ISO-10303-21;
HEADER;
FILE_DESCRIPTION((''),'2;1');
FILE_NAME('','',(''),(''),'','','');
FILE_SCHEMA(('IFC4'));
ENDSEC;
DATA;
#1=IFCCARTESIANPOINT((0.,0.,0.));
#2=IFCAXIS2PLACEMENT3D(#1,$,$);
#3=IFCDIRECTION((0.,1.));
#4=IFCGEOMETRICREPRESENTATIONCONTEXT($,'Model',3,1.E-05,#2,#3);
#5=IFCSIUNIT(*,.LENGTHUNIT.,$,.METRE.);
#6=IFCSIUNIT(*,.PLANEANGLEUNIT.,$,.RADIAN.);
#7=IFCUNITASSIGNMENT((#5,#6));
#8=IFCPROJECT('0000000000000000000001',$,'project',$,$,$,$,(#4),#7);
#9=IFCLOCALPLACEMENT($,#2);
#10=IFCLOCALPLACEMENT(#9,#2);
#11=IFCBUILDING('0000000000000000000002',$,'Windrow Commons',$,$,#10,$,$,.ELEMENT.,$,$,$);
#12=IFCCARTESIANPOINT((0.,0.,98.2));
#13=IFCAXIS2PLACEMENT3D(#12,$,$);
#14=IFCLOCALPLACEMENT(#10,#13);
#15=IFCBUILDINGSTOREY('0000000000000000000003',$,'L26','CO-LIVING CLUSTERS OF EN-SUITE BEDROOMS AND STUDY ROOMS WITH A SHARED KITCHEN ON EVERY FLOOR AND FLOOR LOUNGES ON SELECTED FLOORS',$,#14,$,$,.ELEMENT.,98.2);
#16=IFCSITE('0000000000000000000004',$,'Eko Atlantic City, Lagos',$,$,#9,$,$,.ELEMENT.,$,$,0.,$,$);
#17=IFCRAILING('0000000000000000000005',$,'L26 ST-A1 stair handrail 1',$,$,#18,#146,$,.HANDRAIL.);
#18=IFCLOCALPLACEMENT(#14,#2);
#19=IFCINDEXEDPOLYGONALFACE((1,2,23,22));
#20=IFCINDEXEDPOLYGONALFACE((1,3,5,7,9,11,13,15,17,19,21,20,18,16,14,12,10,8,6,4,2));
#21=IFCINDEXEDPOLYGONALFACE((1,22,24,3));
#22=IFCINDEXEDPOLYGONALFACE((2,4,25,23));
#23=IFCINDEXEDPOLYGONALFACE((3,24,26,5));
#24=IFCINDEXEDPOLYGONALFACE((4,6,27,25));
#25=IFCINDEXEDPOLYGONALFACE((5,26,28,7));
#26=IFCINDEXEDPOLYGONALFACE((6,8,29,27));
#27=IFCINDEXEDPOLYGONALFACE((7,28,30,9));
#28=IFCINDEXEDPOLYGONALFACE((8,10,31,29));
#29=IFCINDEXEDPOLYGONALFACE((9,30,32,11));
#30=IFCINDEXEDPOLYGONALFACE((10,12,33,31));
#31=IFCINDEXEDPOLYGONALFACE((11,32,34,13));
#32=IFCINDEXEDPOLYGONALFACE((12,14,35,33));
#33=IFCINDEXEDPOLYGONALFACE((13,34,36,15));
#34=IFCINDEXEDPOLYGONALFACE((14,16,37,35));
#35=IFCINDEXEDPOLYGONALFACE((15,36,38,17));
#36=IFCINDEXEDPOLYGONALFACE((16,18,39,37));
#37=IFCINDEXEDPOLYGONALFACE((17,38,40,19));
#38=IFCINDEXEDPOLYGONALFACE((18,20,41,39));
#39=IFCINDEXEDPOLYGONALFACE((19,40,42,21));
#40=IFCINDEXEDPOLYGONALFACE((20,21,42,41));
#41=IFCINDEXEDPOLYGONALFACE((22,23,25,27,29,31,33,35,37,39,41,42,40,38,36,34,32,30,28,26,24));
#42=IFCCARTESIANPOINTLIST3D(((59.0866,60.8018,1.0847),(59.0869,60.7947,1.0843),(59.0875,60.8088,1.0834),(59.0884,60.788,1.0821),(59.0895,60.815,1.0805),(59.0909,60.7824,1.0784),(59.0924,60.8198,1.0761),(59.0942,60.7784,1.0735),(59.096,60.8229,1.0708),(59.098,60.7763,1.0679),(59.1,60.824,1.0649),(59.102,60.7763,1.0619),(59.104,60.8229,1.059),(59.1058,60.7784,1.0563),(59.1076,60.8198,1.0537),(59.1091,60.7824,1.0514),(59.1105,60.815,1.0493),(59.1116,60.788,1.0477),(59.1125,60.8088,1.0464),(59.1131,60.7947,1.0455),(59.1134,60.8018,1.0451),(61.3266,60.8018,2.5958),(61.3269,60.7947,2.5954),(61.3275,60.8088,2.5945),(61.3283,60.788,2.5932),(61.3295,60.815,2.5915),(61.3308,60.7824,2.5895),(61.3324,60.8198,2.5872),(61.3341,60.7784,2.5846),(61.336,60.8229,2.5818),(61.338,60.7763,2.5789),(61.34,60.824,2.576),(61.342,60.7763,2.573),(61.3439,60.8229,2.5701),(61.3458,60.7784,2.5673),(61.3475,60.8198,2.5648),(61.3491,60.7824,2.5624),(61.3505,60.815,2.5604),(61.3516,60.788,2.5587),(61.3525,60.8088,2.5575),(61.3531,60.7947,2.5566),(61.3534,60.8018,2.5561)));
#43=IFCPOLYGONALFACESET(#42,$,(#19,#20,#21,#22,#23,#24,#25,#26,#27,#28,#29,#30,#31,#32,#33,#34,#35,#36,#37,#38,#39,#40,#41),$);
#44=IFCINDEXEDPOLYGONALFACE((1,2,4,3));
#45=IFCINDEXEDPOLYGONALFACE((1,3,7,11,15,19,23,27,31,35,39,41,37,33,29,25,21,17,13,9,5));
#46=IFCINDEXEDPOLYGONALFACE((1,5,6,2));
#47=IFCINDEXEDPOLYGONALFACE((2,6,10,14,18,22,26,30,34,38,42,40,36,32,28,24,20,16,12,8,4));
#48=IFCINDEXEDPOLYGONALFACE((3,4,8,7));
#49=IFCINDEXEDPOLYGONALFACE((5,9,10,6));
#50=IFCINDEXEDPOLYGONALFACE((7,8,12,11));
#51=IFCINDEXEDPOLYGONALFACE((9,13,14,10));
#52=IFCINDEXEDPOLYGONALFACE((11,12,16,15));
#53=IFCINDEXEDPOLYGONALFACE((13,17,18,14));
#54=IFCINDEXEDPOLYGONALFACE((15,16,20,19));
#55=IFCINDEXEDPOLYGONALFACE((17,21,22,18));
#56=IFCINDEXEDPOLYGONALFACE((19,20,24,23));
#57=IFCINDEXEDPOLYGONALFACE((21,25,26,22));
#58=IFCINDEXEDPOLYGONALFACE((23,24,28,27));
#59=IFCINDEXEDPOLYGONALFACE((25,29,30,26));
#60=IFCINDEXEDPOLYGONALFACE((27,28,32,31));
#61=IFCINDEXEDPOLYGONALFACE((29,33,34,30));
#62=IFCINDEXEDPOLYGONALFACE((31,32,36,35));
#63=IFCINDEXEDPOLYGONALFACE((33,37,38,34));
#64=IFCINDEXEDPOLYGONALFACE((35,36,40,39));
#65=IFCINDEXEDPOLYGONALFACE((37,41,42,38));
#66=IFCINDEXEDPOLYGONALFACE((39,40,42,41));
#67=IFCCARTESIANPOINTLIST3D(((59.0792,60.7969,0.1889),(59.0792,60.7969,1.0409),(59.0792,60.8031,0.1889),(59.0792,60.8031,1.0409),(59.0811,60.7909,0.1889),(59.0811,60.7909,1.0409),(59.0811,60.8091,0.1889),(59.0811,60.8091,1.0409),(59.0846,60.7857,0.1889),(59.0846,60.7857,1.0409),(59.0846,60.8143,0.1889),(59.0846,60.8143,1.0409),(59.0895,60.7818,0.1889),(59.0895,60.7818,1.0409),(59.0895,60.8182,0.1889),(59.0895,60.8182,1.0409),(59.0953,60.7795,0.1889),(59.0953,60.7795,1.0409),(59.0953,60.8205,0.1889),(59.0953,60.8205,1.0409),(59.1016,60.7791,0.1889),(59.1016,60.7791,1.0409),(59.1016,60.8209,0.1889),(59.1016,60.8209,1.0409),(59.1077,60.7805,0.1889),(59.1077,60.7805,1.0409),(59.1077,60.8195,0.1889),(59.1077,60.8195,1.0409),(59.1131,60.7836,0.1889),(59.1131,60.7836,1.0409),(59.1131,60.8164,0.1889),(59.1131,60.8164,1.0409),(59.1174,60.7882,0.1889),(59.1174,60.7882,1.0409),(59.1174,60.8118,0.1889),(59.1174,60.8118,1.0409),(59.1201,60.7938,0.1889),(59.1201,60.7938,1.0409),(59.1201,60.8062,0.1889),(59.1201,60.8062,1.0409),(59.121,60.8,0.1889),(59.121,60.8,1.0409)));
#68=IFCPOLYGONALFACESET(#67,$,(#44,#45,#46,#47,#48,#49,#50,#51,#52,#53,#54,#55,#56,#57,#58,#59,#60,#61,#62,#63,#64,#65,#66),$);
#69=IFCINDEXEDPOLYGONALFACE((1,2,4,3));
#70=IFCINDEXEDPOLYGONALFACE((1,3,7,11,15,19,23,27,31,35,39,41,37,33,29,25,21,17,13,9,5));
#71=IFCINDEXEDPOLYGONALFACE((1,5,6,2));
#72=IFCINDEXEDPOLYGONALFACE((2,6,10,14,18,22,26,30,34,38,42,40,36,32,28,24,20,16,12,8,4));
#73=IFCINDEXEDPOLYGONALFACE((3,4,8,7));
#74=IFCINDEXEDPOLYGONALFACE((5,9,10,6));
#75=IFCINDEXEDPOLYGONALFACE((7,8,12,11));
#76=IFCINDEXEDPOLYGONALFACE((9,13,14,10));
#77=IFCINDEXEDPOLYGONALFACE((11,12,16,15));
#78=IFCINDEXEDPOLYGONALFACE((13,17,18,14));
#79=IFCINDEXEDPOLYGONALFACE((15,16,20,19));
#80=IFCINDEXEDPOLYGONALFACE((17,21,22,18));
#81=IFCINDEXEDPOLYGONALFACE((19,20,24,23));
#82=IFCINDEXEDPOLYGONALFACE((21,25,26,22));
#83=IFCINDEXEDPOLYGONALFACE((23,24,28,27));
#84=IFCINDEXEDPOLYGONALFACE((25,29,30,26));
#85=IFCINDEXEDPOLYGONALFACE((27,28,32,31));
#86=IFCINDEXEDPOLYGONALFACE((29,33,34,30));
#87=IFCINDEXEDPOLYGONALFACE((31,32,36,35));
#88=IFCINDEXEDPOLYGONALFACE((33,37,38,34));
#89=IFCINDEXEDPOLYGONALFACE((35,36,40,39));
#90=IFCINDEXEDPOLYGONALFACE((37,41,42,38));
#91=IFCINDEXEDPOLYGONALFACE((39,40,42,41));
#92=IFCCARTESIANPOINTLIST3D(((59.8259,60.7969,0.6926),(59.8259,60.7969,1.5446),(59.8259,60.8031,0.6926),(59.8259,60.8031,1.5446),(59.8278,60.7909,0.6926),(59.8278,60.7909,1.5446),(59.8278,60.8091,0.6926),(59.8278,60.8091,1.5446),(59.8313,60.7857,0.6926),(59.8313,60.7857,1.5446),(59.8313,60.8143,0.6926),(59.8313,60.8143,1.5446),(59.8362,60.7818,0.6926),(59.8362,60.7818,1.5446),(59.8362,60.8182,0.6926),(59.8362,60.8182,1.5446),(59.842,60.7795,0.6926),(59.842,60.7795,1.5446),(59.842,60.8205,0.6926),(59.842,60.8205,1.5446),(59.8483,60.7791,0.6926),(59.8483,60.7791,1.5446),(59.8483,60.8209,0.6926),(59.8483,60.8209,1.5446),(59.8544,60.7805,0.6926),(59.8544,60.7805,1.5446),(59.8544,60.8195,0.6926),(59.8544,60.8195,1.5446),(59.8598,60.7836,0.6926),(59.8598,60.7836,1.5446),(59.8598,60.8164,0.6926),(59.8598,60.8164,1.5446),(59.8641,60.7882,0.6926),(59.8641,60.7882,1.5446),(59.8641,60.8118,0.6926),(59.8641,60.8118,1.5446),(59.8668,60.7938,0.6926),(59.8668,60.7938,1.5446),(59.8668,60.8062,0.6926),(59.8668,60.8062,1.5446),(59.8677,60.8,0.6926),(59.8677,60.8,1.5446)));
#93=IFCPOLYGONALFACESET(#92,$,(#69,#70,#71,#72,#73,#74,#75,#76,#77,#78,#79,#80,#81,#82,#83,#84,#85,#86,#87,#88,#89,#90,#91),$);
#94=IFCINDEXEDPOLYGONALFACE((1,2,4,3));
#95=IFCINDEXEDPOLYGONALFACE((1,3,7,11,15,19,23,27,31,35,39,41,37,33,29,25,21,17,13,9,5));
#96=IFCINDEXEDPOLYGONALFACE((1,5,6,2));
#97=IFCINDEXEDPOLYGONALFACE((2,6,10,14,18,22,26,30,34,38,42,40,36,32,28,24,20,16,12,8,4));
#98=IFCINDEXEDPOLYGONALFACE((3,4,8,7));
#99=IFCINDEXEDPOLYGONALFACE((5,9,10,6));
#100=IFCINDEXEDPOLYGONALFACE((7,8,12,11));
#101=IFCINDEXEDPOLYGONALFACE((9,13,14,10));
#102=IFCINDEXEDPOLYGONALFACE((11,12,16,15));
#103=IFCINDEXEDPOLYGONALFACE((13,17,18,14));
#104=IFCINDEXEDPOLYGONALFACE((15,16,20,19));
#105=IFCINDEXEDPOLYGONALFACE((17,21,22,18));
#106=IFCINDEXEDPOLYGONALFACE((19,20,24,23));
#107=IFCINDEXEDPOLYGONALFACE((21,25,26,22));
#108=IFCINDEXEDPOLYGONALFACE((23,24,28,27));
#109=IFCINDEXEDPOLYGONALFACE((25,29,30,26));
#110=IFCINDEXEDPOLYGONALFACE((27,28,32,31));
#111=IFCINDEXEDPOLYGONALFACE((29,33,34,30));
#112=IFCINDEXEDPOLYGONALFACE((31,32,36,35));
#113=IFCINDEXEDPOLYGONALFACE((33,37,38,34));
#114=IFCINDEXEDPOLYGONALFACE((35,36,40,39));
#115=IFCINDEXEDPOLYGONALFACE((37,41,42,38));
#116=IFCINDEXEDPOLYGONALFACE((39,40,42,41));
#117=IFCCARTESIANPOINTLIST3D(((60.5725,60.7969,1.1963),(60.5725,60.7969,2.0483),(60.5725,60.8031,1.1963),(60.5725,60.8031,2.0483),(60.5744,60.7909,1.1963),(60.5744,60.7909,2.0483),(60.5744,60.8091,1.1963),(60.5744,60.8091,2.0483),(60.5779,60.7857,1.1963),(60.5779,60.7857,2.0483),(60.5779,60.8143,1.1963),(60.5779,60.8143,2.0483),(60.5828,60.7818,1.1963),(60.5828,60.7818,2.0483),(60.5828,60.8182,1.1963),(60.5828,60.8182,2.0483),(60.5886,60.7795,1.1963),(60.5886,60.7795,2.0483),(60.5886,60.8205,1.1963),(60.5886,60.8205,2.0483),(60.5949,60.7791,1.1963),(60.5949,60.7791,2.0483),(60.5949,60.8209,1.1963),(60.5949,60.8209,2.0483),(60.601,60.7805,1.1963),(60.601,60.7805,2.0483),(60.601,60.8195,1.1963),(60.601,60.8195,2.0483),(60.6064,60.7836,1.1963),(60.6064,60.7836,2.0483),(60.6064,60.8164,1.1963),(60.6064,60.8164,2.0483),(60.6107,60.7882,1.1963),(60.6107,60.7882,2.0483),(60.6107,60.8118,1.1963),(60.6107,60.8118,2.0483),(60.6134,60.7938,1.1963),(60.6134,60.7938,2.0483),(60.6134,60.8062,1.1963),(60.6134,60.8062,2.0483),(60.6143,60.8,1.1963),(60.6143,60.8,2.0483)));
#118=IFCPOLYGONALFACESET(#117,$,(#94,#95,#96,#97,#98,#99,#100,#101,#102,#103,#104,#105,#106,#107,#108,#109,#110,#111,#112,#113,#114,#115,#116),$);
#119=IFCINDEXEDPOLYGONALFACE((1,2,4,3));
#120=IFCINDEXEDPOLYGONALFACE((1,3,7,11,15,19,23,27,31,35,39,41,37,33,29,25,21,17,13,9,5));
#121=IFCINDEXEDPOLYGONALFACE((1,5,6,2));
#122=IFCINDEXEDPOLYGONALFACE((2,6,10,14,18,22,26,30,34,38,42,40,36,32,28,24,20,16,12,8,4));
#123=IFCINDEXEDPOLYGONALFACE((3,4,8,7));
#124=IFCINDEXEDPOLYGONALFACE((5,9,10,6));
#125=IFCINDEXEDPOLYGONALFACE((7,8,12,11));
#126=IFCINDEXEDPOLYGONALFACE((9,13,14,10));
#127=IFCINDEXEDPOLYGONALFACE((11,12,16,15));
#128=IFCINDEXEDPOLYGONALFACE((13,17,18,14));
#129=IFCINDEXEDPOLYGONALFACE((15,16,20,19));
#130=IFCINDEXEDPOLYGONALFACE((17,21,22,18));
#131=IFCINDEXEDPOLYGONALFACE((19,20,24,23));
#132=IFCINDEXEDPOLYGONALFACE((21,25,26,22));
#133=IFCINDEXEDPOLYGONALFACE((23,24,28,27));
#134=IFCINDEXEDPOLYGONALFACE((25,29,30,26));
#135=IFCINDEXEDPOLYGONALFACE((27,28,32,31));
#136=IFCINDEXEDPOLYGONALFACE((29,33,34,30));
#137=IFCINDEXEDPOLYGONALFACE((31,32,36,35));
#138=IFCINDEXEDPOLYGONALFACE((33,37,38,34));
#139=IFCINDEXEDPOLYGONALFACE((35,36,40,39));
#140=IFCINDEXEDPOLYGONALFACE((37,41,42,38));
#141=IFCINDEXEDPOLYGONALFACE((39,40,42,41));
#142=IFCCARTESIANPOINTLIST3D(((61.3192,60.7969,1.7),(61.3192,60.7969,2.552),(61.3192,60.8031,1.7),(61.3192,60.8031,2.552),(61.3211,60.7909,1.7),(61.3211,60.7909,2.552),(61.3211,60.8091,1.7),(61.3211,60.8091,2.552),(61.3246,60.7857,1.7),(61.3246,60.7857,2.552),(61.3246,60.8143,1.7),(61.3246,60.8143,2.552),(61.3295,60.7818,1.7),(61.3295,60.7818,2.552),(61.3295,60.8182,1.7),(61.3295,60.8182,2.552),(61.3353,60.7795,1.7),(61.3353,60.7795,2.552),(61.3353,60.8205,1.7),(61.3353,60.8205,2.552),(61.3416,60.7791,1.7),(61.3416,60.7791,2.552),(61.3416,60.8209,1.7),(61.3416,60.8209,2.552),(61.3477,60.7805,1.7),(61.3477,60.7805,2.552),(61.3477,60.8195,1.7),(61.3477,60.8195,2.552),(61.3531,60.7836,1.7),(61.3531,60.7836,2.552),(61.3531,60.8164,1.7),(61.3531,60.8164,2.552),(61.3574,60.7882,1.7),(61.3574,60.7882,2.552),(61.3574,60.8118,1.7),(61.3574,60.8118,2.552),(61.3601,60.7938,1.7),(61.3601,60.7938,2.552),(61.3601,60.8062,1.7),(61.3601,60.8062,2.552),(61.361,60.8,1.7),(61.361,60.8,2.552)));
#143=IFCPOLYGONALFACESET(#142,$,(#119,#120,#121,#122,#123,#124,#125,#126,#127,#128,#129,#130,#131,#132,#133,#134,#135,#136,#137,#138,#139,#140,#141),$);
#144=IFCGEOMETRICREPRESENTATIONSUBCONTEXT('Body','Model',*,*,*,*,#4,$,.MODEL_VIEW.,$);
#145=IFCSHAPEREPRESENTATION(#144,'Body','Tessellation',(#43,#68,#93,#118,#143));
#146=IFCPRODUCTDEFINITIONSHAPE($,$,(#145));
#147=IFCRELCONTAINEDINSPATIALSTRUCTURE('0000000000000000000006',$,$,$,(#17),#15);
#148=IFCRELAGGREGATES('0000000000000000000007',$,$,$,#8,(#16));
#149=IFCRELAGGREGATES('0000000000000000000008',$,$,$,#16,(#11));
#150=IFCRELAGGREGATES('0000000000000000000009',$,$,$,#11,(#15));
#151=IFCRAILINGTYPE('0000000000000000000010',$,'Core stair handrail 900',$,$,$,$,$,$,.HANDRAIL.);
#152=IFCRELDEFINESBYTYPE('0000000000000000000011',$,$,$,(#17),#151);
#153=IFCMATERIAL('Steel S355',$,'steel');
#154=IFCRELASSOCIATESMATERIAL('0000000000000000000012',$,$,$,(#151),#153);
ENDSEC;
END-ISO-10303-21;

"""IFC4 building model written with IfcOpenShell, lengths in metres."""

from ifc_helpers import new_model, si_unit, direction, frame, origin, origin_2d, place, context, subcontext, project, spatial, circle, extrude, material, type_object, element, save


model = new_model("IFC4")

# Units and contexts
model_context = context("Model", 3, precision=1e-05, world=origin(), true_north=direction((0.0, 1.0)))
body_context = subcontext(model_context, "Body", "Model", "MODEL_VIEW")
ifc_project = project(units=[si_unit("LENGTHUNIT", "METRE"), si_unit("PLANEANGLEUNIT", "RADIAN")], contexts=[model_context])

# Site, building, storey
site_placement = place(None, origin())
site = spatial("IfcSite", under=ifc_project, at=site_placement, Name="Eko Atlantic City, Lagos", CompositionType="ELEMENT", RefElevation=0.0)
building_placement = place(site_placement, origin())
building = spatial("IfcBuilding", under=site, at=building_placement, Name="Windrow Commons", CompositionType="ELEMENT")
storey_placement = place(building_placement, frame((0.0, 0.0, 98.2)))
storey = spatial("IfcBuildingStorey", under=building, at=storey_placement, Name="L26", Description="CO-LIVING CLUSTERS OF EN-SUITE BEDROOMS AND STUDY ROOMS WITH A SHARED KITCHEN ON EVERY FLOOR AND FLOOR LOUNGES ON SELECTED FLOORS", CompositionType="ELEMENT", Elevation=98.2)

# Railing
ifc_material_1 = material(Name="Steel S355", Category="steel")
railing_type = type_object("IfcRailingType", Name="Core stair handrail 900", PredefinedType="HANDRAIL", material=ifc_material_1)
railing_placement = place(storey_placement, frame((59.1, 60.8, 0.1889)))
element("IfcRailing", 1, at=railing_placement, inside=storey, type_object=railing_type, Name="L26 ST-A1 stair handrail 1", PredefinedType="HANDRAIL", context=body_context, shape_type="SweptSolid", body=[
    extrude(circle(Radius=0.024, at=origin_2d()), frame((0.0, 0.0, 0.876), z_axis=(0.829003, 0.0, 0.559244), x_axis=(0.0, 1.0, 0.0)), (0.0, 0.0, 1.0), 2.702),
    extrude(circle(Radius=0.021, at=origin_2d()), origin(), (0.0, 0.0, 1.0), 0.852),
    extrude(circle(Radius=0.021, at=origin_2d()), frame((0.7467, 0.0, 0.5037)), (0.0, 0.0, 1.0), 0.852),
    extrude(circle(Radius=0.021, at=origin_2d()), frame((1.4933, 0.0, 1.0074)), (0.0, 0.0, 1.0), 0.852),
    extrude(circle(Radius=0.021, at=origin_2d()), frame((2.24, 0.0, 1.5111)), (0.0, 0.0, 1.0), 0.852),
])

save(model, "model.ifc")
